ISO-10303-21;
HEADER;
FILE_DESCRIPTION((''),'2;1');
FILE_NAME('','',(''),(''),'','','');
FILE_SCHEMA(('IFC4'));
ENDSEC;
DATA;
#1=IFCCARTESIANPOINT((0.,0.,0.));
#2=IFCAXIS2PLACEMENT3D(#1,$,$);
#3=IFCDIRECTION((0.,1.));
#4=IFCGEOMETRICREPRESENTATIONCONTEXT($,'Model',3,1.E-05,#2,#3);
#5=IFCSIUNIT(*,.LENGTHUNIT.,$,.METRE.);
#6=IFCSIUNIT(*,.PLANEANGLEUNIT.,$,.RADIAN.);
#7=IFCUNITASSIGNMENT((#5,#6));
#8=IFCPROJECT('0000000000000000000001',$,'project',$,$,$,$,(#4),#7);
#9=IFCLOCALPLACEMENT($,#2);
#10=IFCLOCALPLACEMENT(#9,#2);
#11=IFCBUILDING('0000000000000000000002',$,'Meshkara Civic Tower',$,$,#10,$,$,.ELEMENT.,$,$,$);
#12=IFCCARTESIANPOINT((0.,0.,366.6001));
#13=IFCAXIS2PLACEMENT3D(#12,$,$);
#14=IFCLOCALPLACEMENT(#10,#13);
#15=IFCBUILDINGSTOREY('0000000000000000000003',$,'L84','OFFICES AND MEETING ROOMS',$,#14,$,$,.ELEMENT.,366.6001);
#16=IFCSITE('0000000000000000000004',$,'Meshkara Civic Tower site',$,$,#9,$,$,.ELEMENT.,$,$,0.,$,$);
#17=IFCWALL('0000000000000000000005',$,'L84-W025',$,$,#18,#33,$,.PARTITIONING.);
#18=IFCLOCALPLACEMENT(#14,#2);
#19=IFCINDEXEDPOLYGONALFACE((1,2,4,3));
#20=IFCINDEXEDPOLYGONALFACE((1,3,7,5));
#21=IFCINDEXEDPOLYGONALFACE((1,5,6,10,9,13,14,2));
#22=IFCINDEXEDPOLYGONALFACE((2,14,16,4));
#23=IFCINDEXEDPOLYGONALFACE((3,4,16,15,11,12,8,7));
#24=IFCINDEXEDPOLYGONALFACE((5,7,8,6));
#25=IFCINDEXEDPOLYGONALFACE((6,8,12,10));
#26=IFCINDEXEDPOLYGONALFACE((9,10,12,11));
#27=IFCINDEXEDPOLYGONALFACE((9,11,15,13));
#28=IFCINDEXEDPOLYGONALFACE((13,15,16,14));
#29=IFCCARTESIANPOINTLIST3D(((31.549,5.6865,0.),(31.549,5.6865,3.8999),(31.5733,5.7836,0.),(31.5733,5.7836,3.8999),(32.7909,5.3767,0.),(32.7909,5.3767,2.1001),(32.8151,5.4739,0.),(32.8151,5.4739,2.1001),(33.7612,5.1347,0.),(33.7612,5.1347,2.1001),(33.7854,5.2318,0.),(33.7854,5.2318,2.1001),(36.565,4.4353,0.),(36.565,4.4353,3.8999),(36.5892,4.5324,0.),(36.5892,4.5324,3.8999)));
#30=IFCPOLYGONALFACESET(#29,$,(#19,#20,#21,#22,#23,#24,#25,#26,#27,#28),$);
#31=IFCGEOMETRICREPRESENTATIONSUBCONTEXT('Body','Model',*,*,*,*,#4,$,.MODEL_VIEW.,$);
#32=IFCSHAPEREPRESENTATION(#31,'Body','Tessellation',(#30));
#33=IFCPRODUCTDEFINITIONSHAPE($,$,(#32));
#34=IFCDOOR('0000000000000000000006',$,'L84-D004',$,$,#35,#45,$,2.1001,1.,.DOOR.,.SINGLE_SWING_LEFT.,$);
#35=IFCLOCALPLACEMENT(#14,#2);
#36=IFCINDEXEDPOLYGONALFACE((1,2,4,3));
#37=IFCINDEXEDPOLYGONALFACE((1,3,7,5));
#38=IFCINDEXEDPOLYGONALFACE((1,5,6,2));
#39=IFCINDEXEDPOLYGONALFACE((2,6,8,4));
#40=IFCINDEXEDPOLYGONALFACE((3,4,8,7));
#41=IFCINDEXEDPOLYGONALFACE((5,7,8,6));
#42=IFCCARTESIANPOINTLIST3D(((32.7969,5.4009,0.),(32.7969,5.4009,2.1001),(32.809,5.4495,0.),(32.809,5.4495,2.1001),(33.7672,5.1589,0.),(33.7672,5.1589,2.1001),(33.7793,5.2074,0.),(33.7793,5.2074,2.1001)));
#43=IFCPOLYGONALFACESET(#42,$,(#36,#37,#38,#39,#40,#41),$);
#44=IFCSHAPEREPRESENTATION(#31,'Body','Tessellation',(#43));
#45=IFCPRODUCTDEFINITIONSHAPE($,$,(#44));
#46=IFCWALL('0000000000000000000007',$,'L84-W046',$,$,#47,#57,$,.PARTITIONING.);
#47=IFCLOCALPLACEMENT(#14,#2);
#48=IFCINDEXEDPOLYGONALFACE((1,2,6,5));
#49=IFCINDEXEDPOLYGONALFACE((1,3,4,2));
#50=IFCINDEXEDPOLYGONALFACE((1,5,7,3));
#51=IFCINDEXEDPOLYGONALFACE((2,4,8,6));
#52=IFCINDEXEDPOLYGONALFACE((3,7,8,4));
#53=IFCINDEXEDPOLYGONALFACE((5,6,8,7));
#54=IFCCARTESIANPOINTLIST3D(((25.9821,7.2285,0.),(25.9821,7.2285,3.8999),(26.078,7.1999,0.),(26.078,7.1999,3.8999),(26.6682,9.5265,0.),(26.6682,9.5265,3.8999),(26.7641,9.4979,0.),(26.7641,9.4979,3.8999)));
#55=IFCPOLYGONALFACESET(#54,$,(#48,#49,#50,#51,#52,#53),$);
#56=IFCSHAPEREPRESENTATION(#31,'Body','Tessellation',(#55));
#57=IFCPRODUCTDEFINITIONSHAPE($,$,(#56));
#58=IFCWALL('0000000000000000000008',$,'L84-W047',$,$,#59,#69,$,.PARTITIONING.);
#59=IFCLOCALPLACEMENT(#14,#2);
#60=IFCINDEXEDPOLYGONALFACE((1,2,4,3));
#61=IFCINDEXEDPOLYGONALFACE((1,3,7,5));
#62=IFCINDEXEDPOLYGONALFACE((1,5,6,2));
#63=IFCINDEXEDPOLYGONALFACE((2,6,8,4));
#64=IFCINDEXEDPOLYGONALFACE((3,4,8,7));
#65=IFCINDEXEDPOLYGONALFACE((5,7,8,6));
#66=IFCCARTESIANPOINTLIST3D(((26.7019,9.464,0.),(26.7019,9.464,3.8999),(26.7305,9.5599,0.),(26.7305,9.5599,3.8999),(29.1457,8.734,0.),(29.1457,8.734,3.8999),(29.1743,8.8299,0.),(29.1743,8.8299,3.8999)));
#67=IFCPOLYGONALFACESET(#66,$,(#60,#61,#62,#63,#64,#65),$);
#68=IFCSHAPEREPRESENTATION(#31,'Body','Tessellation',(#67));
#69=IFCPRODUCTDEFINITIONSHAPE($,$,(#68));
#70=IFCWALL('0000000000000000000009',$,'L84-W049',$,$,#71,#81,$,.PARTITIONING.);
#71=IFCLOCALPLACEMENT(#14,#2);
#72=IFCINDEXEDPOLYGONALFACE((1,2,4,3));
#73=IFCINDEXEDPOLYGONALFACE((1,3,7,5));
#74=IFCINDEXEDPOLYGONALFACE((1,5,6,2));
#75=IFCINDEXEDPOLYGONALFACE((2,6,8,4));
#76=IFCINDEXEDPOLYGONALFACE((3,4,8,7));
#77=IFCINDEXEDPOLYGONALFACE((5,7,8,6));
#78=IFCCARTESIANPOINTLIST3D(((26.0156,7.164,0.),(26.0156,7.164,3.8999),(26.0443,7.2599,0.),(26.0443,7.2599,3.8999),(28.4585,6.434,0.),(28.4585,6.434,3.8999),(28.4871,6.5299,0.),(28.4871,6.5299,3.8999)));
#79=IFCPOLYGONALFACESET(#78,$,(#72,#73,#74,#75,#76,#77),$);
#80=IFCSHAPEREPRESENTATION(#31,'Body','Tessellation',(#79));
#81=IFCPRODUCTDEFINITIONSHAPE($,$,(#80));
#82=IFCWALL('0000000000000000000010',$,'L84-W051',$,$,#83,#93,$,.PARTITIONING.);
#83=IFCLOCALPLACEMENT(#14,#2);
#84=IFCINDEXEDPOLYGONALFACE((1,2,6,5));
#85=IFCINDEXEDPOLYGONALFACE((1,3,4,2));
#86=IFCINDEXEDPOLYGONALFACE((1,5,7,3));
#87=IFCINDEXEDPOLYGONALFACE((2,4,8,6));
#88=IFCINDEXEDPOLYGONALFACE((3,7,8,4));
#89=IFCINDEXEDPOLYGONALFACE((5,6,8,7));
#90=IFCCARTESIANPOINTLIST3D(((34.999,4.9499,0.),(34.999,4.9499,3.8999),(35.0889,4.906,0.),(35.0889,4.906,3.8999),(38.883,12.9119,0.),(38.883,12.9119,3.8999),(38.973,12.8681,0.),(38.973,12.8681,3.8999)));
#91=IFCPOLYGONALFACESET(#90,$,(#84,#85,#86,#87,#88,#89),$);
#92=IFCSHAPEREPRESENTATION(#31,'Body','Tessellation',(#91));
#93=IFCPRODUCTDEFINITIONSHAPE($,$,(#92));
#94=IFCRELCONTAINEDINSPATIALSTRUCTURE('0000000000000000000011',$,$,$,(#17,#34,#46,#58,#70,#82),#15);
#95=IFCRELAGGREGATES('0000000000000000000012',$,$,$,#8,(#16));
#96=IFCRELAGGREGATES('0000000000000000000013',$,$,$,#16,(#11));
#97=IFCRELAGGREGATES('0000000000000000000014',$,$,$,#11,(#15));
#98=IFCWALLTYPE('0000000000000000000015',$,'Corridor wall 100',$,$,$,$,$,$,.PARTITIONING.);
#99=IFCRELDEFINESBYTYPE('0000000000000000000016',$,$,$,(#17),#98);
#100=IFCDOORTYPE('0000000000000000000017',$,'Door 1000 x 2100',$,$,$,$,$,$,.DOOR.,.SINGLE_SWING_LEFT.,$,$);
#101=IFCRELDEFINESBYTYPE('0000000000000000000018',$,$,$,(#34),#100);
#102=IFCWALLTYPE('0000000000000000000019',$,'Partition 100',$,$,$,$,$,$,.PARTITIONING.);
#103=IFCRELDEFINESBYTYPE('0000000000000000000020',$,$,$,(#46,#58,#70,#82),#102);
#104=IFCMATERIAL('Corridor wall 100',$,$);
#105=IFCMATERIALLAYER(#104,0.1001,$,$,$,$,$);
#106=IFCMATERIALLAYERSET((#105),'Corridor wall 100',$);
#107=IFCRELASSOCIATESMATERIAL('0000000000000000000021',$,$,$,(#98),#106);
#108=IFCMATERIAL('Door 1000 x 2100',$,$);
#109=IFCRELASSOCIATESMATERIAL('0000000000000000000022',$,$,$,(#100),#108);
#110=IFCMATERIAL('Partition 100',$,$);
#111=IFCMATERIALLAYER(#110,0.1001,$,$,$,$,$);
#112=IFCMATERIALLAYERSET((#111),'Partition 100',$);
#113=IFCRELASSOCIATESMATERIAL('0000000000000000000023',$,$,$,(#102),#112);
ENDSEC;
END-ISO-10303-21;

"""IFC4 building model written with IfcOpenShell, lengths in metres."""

from ifc_helpers import new_model, si_unit, direction, frame, frame_2d, origin, place, context, subcontext, project, spatial, rectangle, extrude, material, layer, layer_set, type_object, element, fill, save


model = new_model("IFC4")

# Units and contexts
model_context = context("Model", 3, precision=1e-05, world=origin(), true_north=direction((0.0, 1.0)))
body_context = subcontext(model_context, "Body", "Model", "MODEL_VIEW")
ifc_project = project(units=[si_unit("LENGTHUNIT", "METRE"), si_unit("PLANEANGLEUNIT", "RADIAN")], contexts=[model_context])

# Site, building, storey
site_placement = place(None, origin())
site = spatial("IfcSite", under=ifc_project, at=site_placement, Name="Meshkara Civic Tower site", CompositionType="ELEMENT", RefElevation=0.0)
building_placement = place(site_placement, origin())
building = spatial("IfcBuilding", under=site, at=building_placement, Name="Meshkara Civic Tower", CompositionType="ELEMENT")
storey_placement = place(building_placement, frame((0.0, 0.0, 366.6001)))
storey = spatial("IfcBuildingStorey", under=building, at=storey_placement, Name="L84", Description="OFFICES AND MEETING ROOMS", CompositionType="ELEMENT", Elevation=366.6001)

# Shared definitions
ifc_material_1 = material(Name="Corridor wall 100")
ifc_layer_1 = layer(ifc_material_1, 0.1001)
ifc_layer_set_1 = layer_set([ifc_layer_1], Name="Corridor wall 100")
wall_type_1 = type_object("IfcWallType", Name="Corridor wall 100", PredefinedType="PARTITIONING", material=ifc_layer_set_1)

# Shared definitions
ifc_material_2 = material(Name="Door 1000 x 2100")
door_type = type_object("IfcDoorType", Name="Door 1000 x 2100", OperationType="SINGLE_SWING_LEFT", PredefinedType="DOOR", material=ifc_material_2)

# Wall, opening, door
wall_1_placement = place(storey_placement, frame((31.561, 5.7351, 0.0), z_axis=(0.0, 0.0, 1.0), x_axis=(0.970267, -0.242036, 0.0)))
wall_1 = element("IfcWall", 1, at=wall_1_placement, inside=storey, type_object=wall_type_1, Name="L84-W025", PredefinedType="PARTITIONING", context=body_context, shape_type="SweptSolid", body=[
    extrude(rectangle(XDim=5.1697, YDim=0.1001, at=frame_2d((2.585, 0.0))), origin(), (0.0, 0.0, 1.0), 3.8999),
])
opening_1_placement = place(wall_1_placement, frame((1.28, 0.0, 0.0)))
opening_1 = element("IfcOpeningElement", 2, at=opening_1_placement, cuts=wall_1, PredefinedType="OPENING", context=body_context, shape_type="SweptSolid", body=[
    extrude(rectangle(XDim=1.0, YDim=2.1001, at=frame_2d((0.5, 1.05))), frame((0.0, 0.0601, 0.0), z_axis=(0.0, -1.0, 0.0), x_axis=(1.0, 0.0, 0.0)), (0.0, 0.0, 1.0), 0.1201),
])
door_1_placement = place(opening_1_placement, origin())
door_1 = element("IfcDoor", 3, at=door_1_placement, inside=storey, type_object=door_type, Name="L84-D004", OperationType="SINGLE_SWING_LEFT", OverallHeight=2.1001, OverallWidth=1.0, PredefinedType="DOOR", context=body_context, shape_type="SweptSolid", body=[
    extrude(rectangle(XDim=1.0, YDim=2.1001, at=frame_2d((0.5, 1.05))), frame((0.0, 0.0249, 0.0), z_axis=(0.0, -1.0, 0.0), x_axis=(1.0, 0.0, 0.0)), (0.0, 0.0, 1.0), 0.05),
])
fill(opening_1, door_1)

# Walls
ifc_material_3 = material(Name="Partition 100")
ifc_layer_2 = layer(ifc_material_3, 0.1001)
ifc_layer_set_2 = layer_set([ifc_layer_2], Name="Partition 100")
wall_type_2 = type_object("IfcWallType", Name="Partition 100", PredefinedType="PARTITIONING", material=ifc_layer_set_2)
wall_2_placement = place(storey_placement, frame((26.03, 7.2141, 0.0), z_axis=(0.0, 0.0, 1.0), x_axis=(0.286077, 0.958207, 0.0)))
element("IfcWall", 4, at=wall_2_placement, inside=storey, type_object=wall_type_2, Name="L84-W046", PredefinedType="PARTITIONING", context=body_context, shape_type="SweptSolid", body=[
    extrude(rectangle(XDim=2.3982, YDim=0.1001, at=frame_2d((1.1992, 0.0))), origin(), (0.0, 0.0, 1.0), 3.8999),
])
wall_3_placement = place(storey_placement, frame((26.7161, 9.512, 0.0), z_axis=(0.0, 0.0, 1.0), x_axis=(0.958168, -0.286206, 0.0)))
element("IfcWall", 5, at=wall_3_placement, inside=storey, type_object=wall_type_2, Name="L84-W047", PredefinedType="PARTITIONING", context=body_context, shape_type="SweptSolid", body=[
    extrude(rectangle(XDim=2.5505, YDim=0.1001, at=frame_2d((1.2754, 0.0))), origin(), (0.0, 0.0, 1.0), 3.8999),
])
wall_4_placement = place(storey_placement, frame((28.4729, 6.4819, 0.0), z_axis=(0.0, 0.0, 1.0), x_axis=(-0.958137, 0.286311, 0.0)))
element("IfcWall", 6, at=wall_4_placement, inside=storey, type_object=wall_type_2, Name="L84-W049", PredefinedType="PARTITIONING", context=body_context, shape_type="SweptSolid", body=[
    extrude(rectangle(XDim=2.5496, YDim=0.1001, at=frame_2d((1.2749, 0.0))), origin(), (0.0, 0.0, 1.0), 3.8999),
])
wall_5_placement = place(storey_placement, frame((35.0439, 4.928, 0.0), z_axis=(0.0, 0.0, 1.0), x_axis=(0.438439, 0.898761, 0.0)))
element("IfcWall", 7, at=wall_5_placement, inside=storey, type_object=wall_type_2, Name="L84-W051", PredefinedType="PARTITIONING", context=body_context, shape_type="SweptSolid", body=[
    extrude(rectangle(XDim=8.8589, YDim=0.1001, at=frame_2d((4.4294, 0.0))), origin(), (0.0, 0.0, 1.0), 3.8999),
])

save(model, "model.ifc")
